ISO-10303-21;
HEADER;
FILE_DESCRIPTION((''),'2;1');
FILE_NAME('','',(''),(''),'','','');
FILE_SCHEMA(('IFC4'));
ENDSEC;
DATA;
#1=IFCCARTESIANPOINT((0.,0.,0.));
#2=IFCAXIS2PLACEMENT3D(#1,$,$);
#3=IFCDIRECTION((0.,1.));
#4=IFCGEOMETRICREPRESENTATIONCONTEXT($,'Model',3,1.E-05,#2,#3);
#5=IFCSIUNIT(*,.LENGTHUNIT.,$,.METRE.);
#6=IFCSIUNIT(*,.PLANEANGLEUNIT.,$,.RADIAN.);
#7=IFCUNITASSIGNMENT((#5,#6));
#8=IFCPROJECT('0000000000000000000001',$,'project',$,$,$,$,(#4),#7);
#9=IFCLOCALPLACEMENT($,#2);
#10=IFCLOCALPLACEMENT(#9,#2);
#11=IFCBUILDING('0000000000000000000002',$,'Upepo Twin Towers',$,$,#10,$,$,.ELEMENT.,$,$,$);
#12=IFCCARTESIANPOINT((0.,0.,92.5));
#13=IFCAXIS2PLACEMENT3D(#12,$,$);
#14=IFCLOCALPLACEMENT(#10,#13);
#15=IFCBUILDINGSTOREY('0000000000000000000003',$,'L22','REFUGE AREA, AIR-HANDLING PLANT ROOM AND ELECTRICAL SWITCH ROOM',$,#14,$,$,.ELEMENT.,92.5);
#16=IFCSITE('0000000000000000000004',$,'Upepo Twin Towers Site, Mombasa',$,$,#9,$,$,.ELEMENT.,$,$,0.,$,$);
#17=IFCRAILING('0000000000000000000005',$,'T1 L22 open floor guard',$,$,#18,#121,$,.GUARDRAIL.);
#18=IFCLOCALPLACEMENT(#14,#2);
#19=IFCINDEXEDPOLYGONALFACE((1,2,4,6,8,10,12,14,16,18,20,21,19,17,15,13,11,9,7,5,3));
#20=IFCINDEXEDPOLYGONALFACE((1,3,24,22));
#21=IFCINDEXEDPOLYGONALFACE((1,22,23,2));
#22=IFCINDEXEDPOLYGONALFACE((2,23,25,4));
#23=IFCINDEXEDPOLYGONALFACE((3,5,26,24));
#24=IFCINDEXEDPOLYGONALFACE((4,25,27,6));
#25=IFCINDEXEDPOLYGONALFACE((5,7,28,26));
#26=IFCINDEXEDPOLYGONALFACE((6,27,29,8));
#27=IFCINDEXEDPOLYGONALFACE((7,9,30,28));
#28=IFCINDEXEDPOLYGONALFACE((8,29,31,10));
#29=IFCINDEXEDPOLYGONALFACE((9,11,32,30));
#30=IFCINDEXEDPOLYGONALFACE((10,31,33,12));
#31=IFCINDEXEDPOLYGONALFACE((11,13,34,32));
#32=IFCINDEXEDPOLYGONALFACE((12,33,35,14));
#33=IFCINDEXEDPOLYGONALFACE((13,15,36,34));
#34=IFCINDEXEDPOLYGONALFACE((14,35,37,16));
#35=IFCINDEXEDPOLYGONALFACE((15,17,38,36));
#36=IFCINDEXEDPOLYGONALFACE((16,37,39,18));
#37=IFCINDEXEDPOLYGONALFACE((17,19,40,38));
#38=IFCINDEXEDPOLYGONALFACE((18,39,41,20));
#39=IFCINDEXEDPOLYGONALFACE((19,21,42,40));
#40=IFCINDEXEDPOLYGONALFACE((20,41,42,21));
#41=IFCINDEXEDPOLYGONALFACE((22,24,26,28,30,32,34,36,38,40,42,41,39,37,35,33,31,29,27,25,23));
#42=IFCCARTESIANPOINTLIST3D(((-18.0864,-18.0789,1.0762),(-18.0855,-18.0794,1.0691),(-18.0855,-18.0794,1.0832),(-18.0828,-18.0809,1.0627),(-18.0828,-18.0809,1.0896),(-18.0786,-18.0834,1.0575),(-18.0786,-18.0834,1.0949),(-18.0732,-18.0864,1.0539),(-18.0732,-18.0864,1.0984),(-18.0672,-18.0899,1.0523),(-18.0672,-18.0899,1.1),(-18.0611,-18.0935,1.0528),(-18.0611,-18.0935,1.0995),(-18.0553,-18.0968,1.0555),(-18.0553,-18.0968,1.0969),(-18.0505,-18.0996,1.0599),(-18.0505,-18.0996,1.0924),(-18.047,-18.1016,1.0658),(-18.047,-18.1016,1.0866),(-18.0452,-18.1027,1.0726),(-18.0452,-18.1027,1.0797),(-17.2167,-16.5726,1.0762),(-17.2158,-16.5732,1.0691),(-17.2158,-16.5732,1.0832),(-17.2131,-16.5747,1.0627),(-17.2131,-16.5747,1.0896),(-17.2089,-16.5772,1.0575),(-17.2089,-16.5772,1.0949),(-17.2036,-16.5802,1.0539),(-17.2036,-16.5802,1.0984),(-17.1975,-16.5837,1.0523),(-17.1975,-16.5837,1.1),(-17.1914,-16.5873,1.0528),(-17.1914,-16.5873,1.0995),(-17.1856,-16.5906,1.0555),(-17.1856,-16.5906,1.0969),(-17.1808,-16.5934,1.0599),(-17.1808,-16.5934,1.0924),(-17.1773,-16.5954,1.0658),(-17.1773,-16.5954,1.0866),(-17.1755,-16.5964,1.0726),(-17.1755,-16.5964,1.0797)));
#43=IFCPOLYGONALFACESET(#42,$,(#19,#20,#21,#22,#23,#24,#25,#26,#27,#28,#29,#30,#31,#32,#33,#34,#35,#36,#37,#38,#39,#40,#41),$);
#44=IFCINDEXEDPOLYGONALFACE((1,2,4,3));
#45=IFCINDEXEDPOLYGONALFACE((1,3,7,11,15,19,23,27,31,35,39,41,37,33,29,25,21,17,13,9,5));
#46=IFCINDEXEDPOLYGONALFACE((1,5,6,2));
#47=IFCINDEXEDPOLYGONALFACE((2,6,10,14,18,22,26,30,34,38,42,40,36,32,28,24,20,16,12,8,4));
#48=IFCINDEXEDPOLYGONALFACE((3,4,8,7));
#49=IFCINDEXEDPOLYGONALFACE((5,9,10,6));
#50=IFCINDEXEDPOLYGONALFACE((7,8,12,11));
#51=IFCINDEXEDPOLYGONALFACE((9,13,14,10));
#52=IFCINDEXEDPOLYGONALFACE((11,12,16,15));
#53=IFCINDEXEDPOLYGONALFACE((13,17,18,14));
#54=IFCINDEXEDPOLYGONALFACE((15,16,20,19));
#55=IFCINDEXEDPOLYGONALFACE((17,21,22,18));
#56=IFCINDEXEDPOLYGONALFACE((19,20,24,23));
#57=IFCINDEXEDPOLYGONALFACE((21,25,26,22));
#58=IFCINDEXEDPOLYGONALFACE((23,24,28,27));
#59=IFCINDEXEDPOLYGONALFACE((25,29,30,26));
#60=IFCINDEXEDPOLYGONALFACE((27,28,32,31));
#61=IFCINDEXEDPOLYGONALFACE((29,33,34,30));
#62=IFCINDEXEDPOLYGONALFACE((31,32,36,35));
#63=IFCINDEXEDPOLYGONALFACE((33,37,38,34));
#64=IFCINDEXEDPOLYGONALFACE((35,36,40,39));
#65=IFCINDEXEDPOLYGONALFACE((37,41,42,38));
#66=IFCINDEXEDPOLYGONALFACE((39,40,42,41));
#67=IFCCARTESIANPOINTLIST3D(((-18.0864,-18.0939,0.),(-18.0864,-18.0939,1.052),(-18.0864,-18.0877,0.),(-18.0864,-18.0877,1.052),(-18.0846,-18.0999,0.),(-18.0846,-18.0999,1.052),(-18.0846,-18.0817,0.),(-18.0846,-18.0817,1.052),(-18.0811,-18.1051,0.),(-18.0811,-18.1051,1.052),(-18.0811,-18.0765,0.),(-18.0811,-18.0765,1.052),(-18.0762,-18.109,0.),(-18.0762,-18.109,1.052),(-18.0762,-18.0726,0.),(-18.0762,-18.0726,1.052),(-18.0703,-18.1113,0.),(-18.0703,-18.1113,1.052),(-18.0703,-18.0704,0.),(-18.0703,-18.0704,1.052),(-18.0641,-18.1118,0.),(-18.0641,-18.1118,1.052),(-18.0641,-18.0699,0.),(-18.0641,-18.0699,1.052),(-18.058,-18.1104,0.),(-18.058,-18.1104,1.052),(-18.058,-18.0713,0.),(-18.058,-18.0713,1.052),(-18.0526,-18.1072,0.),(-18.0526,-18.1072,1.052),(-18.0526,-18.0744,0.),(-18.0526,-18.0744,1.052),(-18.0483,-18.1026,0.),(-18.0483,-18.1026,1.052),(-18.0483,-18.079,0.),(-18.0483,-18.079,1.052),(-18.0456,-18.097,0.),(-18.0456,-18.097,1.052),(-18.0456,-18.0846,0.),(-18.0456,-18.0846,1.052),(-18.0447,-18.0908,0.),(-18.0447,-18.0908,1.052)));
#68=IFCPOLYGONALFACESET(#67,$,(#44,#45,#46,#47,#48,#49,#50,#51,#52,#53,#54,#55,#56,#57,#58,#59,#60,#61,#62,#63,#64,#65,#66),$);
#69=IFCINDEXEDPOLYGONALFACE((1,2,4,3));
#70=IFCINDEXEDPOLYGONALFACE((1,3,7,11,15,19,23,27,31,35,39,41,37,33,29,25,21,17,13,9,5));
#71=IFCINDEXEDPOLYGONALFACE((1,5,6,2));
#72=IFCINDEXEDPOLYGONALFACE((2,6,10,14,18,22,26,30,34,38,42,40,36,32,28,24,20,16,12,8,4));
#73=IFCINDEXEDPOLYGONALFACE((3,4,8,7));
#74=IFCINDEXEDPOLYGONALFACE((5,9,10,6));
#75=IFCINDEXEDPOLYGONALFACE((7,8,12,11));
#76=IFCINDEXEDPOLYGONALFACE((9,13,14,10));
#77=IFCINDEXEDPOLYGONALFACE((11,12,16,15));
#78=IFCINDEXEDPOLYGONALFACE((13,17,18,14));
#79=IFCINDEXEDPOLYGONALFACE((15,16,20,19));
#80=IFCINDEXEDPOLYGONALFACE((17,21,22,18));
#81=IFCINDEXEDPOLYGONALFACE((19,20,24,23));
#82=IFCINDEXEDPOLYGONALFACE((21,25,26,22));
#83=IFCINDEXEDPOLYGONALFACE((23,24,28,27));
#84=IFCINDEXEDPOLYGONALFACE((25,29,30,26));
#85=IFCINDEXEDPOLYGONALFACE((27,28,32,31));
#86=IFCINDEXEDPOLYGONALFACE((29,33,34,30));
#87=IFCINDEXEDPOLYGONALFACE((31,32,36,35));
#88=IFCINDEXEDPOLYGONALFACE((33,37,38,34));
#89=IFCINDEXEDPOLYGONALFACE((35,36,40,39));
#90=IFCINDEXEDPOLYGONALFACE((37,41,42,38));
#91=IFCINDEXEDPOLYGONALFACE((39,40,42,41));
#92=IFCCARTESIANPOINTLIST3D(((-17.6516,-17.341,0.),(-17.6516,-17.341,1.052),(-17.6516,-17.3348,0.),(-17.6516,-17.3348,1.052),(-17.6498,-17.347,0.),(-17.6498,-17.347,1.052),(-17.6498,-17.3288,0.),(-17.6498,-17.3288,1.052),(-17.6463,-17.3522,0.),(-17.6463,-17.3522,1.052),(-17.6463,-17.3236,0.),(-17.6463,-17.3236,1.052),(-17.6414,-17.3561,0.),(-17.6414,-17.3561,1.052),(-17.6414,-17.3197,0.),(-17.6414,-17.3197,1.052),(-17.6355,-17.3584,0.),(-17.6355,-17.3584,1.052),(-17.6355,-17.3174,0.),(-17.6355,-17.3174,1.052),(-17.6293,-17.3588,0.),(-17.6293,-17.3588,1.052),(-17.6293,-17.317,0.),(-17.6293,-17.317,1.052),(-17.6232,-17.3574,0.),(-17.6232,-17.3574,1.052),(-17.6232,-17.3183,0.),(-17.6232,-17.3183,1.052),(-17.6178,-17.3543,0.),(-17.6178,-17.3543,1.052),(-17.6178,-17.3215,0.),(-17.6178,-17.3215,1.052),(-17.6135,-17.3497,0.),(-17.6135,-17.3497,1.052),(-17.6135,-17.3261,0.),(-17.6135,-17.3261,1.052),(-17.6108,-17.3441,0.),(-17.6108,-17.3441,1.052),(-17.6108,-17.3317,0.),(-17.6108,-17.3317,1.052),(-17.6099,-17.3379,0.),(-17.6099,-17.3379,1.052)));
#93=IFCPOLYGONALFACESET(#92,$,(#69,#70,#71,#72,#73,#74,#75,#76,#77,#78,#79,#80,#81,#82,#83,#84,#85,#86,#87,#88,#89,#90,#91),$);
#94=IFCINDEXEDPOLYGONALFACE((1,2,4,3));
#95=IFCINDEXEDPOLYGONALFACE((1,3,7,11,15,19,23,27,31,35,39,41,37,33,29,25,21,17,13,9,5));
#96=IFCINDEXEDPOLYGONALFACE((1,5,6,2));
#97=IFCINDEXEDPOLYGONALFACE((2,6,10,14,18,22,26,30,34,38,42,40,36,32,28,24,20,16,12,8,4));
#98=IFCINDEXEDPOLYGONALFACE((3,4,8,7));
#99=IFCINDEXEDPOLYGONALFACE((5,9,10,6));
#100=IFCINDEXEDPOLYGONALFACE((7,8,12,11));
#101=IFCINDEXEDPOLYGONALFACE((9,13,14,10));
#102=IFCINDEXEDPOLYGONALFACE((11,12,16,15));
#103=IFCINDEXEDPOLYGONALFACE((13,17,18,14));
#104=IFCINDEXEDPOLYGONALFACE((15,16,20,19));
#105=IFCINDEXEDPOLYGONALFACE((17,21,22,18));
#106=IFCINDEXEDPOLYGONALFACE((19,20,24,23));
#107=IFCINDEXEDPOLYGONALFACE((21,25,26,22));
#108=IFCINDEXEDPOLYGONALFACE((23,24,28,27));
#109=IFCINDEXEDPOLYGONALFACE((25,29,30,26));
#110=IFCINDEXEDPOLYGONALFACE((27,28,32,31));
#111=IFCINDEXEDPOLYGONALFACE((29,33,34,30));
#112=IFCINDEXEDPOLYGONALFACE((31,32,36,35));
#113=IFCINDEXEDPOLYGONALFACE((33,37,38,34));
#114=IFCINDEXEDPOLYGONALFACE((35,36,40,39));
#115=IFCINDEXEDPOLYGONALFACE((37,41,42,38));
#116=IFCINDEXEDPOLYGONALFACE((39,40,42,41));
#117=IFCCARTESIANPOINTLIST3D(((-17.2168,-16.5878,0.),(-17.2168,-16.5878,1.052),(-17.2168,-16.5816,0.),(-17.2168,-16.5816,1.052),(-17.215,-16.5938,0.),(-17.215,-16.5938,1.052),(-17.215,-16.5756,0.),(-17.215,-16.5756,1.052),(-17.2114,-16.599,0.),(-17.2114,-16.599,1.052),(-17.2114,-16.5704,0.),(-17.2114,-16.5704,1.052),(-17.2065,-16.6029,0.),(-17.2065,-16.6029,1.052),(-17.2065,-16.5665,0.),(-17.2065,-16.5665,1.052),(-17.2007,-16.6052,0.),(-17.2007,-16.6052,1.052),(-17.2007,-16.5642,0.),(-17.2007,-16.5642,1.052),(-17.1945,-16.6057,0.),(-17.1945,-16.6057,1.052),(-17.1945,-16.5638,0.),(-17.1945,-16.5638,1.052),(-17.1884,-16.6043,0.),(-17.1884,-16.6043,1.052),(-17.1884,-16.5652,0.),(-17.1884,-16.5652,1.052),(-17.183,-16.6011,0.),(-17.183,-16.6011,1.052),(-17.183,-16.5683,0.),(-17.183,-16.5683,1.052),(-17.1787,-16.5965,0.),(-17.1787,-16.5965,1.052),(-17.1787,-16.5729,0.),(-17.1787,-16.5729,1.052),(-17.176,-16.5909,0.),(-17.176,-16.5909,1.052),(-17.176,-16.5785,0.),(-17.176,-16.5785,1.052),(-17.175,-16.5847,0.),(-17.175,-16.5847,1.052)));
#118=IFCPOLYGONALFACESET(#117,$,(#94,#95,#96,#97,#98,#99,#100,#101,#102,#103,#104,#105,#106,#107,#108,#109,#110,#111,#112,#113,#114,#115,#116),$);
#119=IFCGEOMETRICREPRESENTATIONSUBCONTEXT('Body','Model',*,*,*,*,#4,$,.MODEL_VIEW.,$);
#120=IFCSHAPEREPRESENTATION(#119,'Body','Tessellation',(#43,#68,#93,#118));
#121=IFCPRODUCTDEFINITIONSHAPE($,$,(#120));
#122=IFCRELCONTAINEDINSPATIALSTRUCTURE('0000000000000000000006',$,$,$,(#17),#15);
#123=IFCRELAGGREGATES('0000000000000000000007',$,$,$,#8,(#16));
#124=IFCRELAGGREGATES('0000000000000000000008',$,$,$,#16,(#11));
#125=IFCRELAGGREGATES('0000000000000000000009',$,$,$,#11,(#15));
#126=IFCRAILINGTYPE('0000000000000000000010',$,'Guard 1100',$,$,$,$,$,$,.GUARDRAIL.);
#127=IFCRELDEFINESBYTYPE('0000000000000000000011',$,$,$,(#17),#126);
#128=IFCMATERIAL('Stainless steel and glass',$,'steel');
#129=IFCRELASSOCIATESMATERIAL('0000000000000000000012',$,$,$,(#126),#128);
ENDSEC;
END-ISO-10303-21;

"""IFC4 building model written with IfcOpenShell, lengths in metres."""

from ifc_helpers import new_model, si_unit, direction, frame, origin, origin_2d, place, context, subcontext, project, spatial, circle, extrude, material, type_object, element, save


model = new_model("IFC4")

# Units and contexts
model_context = context("Model", 3, precision=1e-05, world=origin(), true_north=direction((0.0, 1.0)))
body_context = subcontext(model_context, "Body", "Model", "MODEL_VIEW")
ifc_project = project(units=[si_unit("LENGTHUNIT", "METRE"), si_unit("PLANEANGLEUNIT", "RADIAN")], contexts=[model_context])

# Site, building, storey
site_placement = place(None, origin())
site = spatial("IfcSite", under=ifc_project, at=site_placement, Name="Upepo Twin Towers Site, Mombasa", CompositionType="ELEMENT", RefElevation=0.0)
building_placement = place(site_placement, origin())
building = spatial("IfcBuilding", under=site, at=building_placement, Name="Upepo Twin Towers", CompositionType="ELEMENT")
storey_placement = place(building_placement, frame((0.0, 0.0, 92.5)))
storey = spatial("IfcBuildingStorey", under=building, at=storey_placement, Name="L22", Description="REFUGE AREA, AIR-HANDLING PLANT ROOM AND ELECTRICAL SWITCH ROOM", CompositionType="ELEMENT", Elevation=92.5)

# Railing
ifc_material_1 = material(Name="Stainless steel and glass", Category="steel")
railing_type = type_object("IfcRailingType", Name="Guard 1100", PredefinedType="GUARDRAIL", material=ifc_material_1)
railing_1_placement = place(storey_placement, frame((-18.0657, -18.0908, 0.0)))
element("IfcRailing", 1, at=railing_1_placement, inside=storey, type_object=railing_type, Name="T1 L22 open floor guard", PredefinedType="GUARDRAIL", context=body_context, shape_type="SweptSolid", body=[
    extrude(circle(Radius=0.0239, at=origin_2d()), frame((0.0, 0.0, 1.0762), z_axis=(0.500034, 0.866006, 0.0), x_axis=(-0.866006, 0.500034, 0.0)), (0.0, 0.0, 1.0), 1.7393),
    extrude(circle(Radius=0.021, at=origin_2d()), origin(), (0.0, 0.0, 1.0), 1.052),
    extrude(circle(Radius=0.021, at=origin_2d()), frame((0.4348, 0.7529, 0.0)), (0.0, 0.0, 1.0), 1.052),
    extrude(circle(Radius=0.021, at=origin_2d()), frame((0.8696, 1.5061, 0.0)), (0.0, 0.0, 1.0), 1.052),
])

save(model, "model.ifc")
